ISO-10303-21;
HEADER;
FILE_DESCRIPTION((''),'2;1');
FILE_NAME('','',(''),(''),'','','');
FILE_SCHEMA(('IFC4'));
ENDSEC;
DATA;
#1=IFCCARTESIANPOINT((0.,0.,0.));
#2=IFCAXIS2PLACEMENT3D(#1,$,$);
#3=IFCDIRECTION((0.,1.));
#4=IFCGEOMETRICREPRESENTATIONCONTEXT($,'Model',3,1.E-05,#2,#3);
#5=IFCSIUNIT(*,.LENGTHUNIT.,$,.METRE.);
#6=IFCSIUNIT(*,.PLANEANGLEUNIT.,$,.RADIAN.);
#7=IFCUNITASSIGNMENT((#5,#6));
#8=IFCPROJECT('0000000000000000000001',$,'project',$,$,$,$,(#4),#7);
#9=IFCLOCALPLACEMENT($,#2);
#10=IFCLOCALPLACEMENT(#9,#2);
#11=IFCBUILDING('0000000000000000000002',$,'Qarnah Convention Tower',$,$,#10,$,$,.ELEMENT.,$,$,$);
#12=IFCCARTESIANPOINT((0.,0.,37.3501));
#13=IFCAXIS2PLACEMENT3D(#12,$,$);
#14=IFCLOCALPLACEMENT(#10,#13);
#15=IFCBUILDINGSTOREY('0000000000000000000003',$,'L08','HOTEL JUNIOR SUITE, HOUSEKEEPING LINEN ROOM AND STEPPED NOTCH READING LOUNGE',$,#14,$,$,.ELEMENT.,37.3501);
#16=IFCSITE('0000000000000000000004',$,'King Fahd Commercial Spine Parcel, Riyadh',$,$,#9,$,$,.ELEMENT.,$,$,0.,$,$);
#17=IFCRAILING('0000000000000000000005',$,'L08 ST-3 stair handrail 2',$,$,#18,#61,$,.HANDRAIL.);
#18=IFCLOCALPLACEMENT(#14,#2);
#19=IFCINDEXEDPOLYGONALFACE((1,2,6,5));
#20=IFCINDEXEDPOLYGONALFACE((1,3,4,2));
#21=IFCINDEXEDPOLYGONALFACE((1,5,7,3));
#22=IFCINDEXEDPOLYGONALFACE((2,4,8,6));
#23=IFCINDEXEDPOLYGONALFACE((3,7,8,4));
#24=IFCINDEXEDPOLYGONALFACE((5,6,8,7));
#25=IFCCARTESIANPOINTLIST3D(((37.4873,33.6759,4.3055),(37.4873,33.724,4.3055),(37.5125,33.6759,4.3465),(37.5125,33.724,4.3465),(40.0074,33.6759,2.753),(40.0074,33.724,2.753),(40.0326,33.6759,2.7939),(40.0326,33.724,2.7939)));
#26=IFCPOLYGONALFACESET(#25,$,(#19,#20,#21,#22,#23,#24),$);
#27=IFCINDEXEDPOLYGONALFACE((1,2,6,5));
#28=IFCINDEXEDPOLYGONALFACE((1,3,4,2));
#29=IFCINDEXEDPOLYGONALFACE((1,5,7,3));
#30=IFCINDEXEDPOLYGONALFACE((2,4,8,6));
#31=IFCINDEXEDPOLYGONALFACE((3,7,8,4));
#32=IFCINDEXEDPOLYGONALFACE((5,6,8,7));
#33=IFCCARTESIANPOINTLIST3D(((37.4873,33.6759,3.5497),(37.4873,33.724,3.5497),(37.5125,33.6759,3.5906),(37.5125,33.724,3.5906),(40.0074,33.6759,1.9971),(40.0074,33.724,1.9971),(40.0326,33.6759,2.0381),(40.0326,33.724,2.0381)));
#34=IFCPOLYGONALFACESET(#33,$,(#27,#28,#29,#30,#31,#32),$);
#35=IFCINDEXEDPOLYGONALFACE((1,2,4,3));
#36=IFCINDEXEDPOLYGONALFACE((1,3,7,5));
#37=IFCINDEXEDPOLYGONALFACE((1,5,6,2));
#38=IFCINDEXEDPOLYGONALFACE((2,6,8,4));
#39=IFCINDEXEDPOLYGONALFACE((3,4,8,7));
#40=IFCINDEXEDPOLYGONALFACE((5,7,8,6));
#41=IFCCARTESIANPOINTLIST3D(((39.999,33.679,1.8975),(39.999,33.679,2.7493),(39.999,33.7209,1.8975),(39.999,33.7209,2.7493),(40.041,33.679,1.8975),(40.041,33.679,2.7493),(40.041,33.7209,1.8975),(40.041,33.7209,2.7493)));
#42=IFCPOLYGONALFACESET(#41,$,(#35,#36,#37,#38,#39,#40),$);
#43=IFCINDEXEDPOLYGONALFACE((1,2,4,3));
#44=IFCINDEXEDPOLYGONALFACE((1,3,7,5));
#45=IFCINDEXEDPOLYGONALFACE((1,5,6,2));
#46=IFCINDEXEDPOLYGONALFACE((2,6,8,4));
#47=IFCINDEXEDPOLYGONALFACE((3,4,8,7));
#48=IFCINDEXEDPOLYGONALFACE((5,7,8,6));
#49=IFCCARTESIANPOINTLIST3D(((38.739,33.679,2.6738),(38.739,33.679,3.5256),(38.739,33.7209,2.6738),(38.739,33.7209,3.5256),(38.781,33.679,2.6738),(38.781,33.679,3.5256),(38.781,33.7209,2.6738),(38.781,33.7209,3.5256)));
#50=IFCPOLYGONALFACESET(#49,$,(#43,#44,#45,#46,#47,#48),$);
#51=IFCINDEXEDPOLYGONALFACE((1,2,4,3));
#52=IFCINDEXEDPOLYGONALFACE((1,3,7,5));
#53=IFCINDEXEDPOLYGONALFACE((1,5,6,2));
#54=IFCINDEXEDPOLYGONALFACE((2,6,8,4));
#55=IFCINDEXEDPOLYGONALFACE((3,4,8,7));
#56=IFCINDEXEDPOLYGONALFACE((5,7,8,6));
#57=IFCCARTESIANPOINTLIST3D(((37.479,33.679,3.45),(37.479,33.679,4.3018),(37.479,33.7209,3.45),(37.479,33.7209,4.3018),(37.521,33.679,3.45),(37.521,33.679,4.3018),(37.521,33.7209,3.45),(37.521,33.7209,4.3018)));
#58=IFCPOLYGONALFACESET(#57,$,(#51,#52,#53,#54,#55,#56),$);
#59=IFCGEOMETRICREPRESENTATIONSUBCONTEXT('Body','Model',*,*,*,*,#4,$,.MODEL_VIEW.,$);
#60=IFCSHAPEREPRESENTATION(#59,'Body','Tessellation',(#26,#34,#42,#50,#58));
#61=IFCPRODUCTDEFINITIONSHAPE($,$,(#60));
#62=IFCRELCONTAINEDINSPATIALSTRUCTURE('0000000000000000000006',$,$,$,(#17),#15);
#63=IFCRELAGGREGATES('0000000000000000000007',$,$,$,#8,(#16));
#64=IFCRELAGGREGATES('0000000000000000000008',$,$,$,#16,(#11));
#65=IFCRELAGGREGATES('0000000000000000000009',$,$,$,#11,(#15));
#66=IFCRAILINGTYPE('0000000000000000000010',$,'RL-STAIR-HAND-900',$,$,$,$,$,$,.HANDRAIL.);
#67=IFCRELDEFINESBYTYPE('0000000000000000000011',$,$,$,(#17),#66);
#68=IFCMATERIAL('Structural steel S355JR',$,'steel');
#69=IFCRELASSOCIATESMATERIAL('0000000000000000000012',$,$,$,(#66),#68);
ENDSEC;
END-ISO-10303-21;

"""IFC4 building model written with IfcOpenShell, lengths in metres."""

from ifc_helpers import new_model, si_unit, direction, frame, origin, origin_2d, place, context, subcontext, project, spatial, rectangle, extrude, material, type_object, element, save


model = new_model("IFC4")

# Units and contexts
model_context = context("Model", 3, precision=1e-05, world=origin(), true_north=direction((0.0, 1.0)))
body_context = subcontext(model_context, "Body", "Model", "MODEL_VIEW")
ifc_project = project(units=[si_unit("LENGTHUNIT", "METRE"), si_unit("PLANEANGLEUNIT", "RADIAN")], contexts=[model_context])

# Site, building, storey
site_placement = place(None, origin())
site = spatial("IfcSite", under=ifc_project, at=site_placement, Name="King Fahd Commercial Spine Parcel, Riyadh", CompositionType="ELEMENT", RefElevation=0.0)
building_placement = place(site_placement, origin())
building = spatial("IfcBuilding", under=site, at=building_placement, Name="Qarnah Convention Tower", CompositionType="ELEMENT")
storey_placement = place(building_placement, frame((0.0, 0.0, 37.3501)))
storey = spatial("IfcBuildingStorey", under=building, at=storey_placement, Name="L08", Description="HOTEL JUNIOR SUITE, HOUSEKEEPING LINEN ROOM AND STEPPED NOTCH READING LOUNGE", CompositionType="ELEMENT", Elevation=37.3501)

# Shared definitions
ifc_material_1 = material(Name="Structural steel S355JR", Category="steel")

# Railing
railing_type_1 = type_object("IfcRailingType", Name="RL-STAIR-HAND-900", PredefinedType="HANDRAIL", material=ifc_material_1)
railing_1_placement = place(storey_placement, frame((40.02, 33.7, 1.8975)))
element("IfcRailing", 1, at=railing_1_placement, inside=storey, type_object=railing_type_1, Name="L08 ST-3 stair handrail 2", PredefinedType="HANDRAIL", context=body_context, shape_type="SweptSolid", body=[
    extrude(rectangle(XDim=0.0481, YDim=0.0481, at=origin_2d()), frame((0.0, 0.0, 0.876), z_axis=(-0.8514, 0.0, 0.524516), x_axis=(0.0, -1.0, 0.0)), (0.0, 0.0, 1.0), 2.96),
    extrude(rectangle(XDim=0.0481, YDim=0.0481, at=origin_2d()), frame((0.0, 0.0, 0.1201), z_axis=(-0.8514, 0.0, 0.524516), x_axis=(0.0, -1.0, 0.0)), (0.0, 0.0, 1.0), 2.96),
    extrude(rectangle(XDim=0.042, YDim=0.042, at=origin_2d()), origin(), (0.0, 0.0, 1.0), 0.8518),
    extrude(rectangle(XDim=0.042, YDim=0.042, at=origin_2d()), frame((-1.26, 0.0, 0.7764)), (0.0, 0.0, 1.0), 0.8518),
    extrude(rectangle(XDim=0.042, YDim=0.042, at=origin_2d()), frame((-2.52, 0.0, 1.5525)), (0.0, 0.0, 1.0), 0.8518),
])

save(model, "model.ifc")
